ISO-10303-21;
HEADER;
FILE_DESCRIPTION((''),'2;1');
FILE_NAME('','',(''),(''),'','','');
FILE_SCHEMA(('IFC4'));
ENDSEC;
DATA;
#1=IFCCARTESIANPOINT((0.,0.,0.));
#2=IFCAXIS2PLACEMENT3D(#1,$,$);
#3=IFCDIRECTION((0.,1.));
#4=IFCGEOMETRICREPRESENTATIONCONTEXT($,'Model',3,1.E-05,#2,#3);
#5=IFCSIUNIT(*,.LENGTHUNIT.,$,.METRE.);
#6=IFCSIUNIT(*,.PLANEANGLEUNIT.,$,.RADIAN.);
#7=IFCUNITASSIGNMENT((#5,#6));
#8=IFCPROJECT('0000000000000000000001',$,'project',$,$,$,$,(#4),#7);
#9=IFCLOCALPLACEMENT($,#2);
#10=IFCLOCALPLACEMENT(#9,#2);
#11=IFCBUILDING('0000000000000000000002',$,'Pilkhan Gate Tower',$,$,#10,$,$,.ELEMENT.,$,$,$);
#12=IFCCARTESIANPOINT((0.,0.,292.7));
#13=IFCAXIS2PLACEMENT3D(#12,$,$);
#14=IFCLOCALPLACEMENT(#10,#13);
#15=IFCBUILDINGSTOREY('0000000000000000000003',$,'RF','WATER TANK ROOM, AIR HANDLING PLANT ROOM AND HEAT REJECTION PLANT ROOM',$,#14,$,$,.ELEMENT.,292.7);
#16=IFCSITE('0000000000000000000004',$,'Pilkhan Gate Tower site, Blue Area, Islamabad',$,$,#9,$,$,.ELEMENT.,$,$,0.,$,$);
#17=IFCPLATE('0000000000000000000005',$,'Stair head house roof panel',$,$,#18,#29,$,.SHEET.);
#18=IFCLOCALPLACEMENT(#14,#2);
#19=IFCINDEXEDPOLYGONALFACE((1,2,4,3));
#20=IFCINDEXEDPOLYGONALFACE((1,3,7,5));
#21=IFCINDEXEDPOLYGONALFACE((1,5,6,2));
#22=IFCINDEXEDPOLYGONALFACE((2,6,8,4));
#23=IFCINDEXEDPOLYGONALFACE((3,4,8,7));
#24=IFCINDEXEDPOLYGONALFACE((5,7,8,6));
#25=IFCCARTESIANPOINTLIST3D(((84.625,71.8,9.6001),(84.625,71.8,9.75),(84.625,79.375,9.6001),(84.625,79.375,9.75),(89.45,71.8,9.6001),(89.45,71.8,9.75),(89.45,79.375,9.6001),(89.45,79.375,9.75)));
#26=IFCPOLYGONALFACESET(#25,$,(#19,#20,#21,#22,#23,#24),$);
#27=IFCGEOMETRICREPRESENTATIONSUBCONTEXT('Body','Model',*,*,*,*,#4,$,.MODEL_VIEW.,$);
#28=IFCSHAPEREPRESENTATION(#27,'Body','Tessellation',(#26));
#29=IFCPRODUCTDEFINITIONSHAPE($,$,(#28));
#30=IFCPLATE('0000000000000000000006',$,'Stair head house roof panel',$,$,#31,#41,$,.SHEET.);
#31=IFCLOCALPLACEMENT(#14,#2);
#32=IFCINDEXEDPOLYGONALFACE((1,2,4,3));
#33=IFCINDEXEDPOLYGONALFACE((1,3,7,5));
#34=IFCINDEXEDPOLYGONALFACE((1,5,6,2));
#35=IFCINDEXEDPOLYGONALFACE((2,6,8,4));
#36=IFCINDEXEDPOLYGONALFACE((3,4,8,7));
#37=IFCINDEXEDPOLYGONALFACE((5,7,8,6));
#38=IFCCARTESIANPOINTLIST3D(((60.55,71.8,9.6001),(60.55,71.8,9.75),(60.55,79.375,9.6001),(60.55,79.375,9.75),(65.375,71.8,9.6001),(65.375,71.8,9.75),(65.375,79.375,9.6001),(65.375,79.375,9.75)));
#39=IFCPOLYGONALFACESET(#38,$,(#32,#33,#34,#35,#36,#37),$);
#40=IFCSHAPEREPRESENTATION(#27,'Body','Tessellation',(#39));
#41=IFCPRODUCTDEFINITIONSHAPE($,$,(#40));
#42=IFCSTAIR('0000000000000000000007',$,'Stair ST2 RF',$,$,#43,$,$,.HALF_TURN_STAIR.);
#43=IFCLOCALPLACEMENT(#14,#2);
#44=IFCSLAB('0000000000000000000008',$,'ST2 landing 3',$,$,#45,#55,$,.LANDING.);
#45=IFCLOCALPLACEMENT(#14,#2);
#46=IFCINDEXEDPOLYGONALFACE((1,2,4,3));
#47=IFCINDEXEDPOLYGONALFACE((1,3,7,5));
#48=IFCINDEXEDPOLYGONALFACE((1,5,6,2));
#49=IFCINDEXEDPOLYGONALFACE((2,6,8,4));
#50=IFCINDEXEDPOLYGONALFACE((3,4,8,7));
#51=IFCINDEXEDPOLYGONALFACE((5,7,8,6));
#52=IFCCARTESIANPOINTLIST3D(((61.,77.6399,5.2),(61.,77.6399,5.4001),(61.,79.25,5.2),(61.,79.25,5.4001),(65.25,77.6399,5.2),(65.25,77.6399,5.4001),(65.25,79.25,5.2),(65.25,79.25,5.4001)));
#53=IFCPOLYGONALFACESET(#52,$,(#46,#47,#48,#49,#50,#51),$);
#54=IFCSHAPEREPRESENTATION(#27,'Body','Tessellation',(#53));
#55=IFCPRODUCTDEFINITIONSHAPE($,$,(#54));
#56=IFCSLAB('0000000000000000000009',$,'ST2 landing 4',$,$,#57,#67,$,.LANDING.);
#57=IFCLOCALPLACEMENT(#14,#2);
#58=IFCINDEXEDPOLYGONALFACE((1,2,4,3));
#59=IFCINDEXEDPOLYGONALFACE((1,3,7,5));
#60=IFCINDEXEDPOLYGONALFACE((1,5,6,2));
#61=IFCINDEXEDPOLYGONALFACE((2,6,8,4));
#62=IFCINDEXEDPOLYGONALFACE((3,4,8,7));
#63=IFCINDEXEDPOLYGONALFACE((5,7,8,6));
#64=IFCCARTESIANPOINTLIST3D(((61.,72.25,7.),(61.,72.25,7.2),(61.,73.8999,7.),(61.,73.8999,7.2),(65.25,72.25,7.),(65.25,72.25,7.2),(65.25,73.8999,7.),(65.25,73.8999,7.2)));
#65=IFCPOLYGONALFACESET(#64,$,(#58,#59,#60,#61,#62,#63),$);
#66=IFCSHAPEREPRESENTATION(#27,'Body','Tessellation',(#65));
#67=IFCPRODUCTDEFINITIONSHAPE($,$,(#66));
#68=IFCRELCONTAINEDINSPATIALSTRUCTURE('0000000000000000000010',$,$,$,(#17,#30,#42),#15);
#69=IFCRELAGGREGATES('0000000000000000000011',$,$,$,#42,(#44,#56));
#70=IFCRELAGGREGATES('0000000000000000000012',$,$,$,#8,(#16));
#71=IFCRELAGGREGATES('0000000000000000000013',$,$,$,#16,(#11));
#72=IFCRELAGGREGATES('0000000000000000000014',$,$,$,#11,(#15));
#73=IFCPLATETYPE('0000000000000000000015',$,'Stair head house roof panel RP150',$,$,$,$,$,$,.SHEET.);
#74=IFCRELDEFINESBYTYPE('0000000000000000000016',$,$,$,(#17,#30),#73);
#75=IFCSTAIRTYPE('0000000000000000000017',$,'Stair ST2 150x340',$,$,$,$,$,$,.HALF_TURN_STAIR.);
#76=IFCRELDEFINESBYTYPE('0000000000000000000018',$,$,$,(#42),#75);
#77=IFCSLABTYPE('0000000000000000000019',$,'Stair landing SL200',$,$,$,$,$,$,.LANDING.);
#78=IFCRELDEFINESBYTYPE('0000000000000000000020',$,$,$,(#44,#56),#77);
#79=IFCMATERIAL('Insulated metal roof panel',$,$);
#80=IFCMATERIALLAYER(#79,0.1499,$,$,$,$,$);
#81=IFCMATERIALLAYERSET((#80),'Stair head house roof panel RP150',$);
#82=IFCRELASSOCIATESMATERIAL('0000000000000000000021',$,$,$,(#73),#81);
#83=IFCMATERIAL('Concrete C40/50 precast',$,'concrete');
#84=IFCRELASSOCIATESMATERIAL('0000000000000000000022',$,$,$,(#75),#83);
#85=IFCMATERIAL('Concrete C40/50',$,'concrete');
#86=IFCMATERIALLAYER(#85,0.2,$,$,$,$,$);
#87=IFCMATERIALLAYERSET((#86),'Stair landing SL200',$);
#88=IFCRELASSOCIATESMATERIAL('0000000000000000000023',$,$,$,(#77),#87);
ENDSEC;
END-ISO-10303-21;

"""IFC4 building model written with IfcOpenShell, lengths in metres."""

from ifc_helpers import new_model, si_unit, direction, frame, origin, place, context, subcontext, project, spatial, polyline, outline, extrude, material, layer, layer_set, type_object, element, aggregate, save


model = new_model("IFC4")

# Units and contexts
model_context = context("Model", 3, precision=1e-05, world=origin(), true_north=direction((0.0, 1.0)))
body_context = subcontext(model_context, "Body", "Model", "MODEL_VIEW")
ifc_project = project(units=[si_unit("LENGTHUNIT", "METRE"), si_unit("PLANEANGLEUNIT", "RADIAN")], contexts=[model_context])

# Site, building, storey
site_placement = place(None, origin())
site = spatial("IfcSite", under=ifc_project, at=site_placement, Name="Pilkhan Gate Tower site, Blue Area, Islamabad", CompositionType="ELEMENT", RefElevation=0.0)
building_placement = place(site_placement, origin())
building = spatial("IfcBuilding", under=site, at=building_placement, Name="Pilkhan Gate Tower", CompositionType="ELEMENT")
storey_placement = place(building_placement, frame((0.0, 0.0, 292.7)))
storey = spatial("IfcBuildingStorey", under=building, at=storey_placement, Name="RF", Description="WATER TANK ROOM, AIR HANDLING PLANT ROOM AND HEAT REJECTION PLANT ROOM", CompositionType="ELEMENT", Elevation=292.7)

# Plates
ifc_material_1 = material(Name="Insulated metal roof panel")
ifc_layer_1 = layer(ifc_material_1, 0.1499)
ifc_layer_set_1 = layer_set([ifc_layer_1], Name="Stair head house roof panel RP150")
plate_type = type_object("IfcPlateType", Name="Stair head house roof panel RP150", PredefinedType="SHEET", material=ifc_layer_set_1)
plate_1_placement = place(storey_placement, frame((0.0, 0.0, 9.6001)))
element("IfcPlate", 1, at=plate_1_placement, inside=storey, type_object=plate_type, Name="Stair head house roof panel", PredefinedType="SHEET", context=body_context, shape_type="SweptSolid", body=[
    extrude(outline(polyline([(84.625, 71.8), (89.45, 71.8), (89.45, 79.375), (84.625, 79.375), (84.625, 71.8)])), origin(), (0.0, 0.0, 1.0), 0.1499),
])
plate_2_placement = place(storey_placement, frame((0.0, 0.0, 9.6001)))
element("IfcPlate", 2, at=plate_2_placement, inside=storey, type_object=plate_type, Name="Stair head house roof panel", PredefinedType="SHEET", context=body_context, shape_type="SweptSolid", body=[
    extrude(outline(polyline([(60.55, 71.8), (65.375, 71.8), (65.375, 79.375), (60.55, 79.375), (60.55, 71.8)])), origin(), (0.0, 0.0, 1.0), 0.1499),
])

# Stair, slabs
ifc_material_2 = material(Name="Concrete C40/50 precast", Category="concrete")
stair_type = type_object("IfcStairType", Name="Stair ST2 150x340", PredefinedType="HALF_TURN_STAIR", material=ifc_material_2)
stair_placement = place(storey_placement, origin())
stair = element("IfcStair", 3, at=stair_placement, inside=storey, type_object=stair_type, Name="Stair ST2 RF", PredefinedType="HALF_TURN_STAIR")
ifc_material_3 = material(Name="Concrete C40/50", Category="concrete")
ifc_layer_2 = layer(ifc_material_3, 0.2)
ifc_layer_set_2 = layer_set([ifc_layer_2], Name="Stair landing SL200")
slab_type = type_object("IfcSlabType", Name="Stair landing SL200", PredefinedType="LANDING", material=ifc_layer_set_2)
slab_1_placement = place(storey_placement, frame((0.0, 0.0, 5.2)))
slab_1 = element("IfcSlab", 4, at=slab_1_placement, type_object=slab_type, Name="ST2 landing 3", PredefinedType="LANDING", context=body_context, shape_type="SweptSolid", body=[
    extrude(outline(polyline([(65.25, 77.6399), (65.25, 79.25), (61.0, 79.25), (61.0, 77.6399), (65.25, 77.6399)])), origin(), (0.0, 0.0, 1.0), 0.2002),
])
slab_2_placement = place(storey_placement, frame((0.0, 0.0, 7.0)))
slab_2 = element("IfcSlab", 5, at=slab_2_placement, type_object=slab_type, Name="ST2 landing 4", PredefinedType="LANDING", context=body_context, shape_type="SweptSolid", body=[
    extrude(outline(polyline([(65.25, 72.25), (65.25, 73.8999), (61.0, 73.8999), (61.0, 72.25), (65.25, 72.25)])), origin(), (0.0, 0.0, 1.0), 0.2),
])
aggregate(stair, [slab_1, slab_2])

save(model, "model.ifc")
